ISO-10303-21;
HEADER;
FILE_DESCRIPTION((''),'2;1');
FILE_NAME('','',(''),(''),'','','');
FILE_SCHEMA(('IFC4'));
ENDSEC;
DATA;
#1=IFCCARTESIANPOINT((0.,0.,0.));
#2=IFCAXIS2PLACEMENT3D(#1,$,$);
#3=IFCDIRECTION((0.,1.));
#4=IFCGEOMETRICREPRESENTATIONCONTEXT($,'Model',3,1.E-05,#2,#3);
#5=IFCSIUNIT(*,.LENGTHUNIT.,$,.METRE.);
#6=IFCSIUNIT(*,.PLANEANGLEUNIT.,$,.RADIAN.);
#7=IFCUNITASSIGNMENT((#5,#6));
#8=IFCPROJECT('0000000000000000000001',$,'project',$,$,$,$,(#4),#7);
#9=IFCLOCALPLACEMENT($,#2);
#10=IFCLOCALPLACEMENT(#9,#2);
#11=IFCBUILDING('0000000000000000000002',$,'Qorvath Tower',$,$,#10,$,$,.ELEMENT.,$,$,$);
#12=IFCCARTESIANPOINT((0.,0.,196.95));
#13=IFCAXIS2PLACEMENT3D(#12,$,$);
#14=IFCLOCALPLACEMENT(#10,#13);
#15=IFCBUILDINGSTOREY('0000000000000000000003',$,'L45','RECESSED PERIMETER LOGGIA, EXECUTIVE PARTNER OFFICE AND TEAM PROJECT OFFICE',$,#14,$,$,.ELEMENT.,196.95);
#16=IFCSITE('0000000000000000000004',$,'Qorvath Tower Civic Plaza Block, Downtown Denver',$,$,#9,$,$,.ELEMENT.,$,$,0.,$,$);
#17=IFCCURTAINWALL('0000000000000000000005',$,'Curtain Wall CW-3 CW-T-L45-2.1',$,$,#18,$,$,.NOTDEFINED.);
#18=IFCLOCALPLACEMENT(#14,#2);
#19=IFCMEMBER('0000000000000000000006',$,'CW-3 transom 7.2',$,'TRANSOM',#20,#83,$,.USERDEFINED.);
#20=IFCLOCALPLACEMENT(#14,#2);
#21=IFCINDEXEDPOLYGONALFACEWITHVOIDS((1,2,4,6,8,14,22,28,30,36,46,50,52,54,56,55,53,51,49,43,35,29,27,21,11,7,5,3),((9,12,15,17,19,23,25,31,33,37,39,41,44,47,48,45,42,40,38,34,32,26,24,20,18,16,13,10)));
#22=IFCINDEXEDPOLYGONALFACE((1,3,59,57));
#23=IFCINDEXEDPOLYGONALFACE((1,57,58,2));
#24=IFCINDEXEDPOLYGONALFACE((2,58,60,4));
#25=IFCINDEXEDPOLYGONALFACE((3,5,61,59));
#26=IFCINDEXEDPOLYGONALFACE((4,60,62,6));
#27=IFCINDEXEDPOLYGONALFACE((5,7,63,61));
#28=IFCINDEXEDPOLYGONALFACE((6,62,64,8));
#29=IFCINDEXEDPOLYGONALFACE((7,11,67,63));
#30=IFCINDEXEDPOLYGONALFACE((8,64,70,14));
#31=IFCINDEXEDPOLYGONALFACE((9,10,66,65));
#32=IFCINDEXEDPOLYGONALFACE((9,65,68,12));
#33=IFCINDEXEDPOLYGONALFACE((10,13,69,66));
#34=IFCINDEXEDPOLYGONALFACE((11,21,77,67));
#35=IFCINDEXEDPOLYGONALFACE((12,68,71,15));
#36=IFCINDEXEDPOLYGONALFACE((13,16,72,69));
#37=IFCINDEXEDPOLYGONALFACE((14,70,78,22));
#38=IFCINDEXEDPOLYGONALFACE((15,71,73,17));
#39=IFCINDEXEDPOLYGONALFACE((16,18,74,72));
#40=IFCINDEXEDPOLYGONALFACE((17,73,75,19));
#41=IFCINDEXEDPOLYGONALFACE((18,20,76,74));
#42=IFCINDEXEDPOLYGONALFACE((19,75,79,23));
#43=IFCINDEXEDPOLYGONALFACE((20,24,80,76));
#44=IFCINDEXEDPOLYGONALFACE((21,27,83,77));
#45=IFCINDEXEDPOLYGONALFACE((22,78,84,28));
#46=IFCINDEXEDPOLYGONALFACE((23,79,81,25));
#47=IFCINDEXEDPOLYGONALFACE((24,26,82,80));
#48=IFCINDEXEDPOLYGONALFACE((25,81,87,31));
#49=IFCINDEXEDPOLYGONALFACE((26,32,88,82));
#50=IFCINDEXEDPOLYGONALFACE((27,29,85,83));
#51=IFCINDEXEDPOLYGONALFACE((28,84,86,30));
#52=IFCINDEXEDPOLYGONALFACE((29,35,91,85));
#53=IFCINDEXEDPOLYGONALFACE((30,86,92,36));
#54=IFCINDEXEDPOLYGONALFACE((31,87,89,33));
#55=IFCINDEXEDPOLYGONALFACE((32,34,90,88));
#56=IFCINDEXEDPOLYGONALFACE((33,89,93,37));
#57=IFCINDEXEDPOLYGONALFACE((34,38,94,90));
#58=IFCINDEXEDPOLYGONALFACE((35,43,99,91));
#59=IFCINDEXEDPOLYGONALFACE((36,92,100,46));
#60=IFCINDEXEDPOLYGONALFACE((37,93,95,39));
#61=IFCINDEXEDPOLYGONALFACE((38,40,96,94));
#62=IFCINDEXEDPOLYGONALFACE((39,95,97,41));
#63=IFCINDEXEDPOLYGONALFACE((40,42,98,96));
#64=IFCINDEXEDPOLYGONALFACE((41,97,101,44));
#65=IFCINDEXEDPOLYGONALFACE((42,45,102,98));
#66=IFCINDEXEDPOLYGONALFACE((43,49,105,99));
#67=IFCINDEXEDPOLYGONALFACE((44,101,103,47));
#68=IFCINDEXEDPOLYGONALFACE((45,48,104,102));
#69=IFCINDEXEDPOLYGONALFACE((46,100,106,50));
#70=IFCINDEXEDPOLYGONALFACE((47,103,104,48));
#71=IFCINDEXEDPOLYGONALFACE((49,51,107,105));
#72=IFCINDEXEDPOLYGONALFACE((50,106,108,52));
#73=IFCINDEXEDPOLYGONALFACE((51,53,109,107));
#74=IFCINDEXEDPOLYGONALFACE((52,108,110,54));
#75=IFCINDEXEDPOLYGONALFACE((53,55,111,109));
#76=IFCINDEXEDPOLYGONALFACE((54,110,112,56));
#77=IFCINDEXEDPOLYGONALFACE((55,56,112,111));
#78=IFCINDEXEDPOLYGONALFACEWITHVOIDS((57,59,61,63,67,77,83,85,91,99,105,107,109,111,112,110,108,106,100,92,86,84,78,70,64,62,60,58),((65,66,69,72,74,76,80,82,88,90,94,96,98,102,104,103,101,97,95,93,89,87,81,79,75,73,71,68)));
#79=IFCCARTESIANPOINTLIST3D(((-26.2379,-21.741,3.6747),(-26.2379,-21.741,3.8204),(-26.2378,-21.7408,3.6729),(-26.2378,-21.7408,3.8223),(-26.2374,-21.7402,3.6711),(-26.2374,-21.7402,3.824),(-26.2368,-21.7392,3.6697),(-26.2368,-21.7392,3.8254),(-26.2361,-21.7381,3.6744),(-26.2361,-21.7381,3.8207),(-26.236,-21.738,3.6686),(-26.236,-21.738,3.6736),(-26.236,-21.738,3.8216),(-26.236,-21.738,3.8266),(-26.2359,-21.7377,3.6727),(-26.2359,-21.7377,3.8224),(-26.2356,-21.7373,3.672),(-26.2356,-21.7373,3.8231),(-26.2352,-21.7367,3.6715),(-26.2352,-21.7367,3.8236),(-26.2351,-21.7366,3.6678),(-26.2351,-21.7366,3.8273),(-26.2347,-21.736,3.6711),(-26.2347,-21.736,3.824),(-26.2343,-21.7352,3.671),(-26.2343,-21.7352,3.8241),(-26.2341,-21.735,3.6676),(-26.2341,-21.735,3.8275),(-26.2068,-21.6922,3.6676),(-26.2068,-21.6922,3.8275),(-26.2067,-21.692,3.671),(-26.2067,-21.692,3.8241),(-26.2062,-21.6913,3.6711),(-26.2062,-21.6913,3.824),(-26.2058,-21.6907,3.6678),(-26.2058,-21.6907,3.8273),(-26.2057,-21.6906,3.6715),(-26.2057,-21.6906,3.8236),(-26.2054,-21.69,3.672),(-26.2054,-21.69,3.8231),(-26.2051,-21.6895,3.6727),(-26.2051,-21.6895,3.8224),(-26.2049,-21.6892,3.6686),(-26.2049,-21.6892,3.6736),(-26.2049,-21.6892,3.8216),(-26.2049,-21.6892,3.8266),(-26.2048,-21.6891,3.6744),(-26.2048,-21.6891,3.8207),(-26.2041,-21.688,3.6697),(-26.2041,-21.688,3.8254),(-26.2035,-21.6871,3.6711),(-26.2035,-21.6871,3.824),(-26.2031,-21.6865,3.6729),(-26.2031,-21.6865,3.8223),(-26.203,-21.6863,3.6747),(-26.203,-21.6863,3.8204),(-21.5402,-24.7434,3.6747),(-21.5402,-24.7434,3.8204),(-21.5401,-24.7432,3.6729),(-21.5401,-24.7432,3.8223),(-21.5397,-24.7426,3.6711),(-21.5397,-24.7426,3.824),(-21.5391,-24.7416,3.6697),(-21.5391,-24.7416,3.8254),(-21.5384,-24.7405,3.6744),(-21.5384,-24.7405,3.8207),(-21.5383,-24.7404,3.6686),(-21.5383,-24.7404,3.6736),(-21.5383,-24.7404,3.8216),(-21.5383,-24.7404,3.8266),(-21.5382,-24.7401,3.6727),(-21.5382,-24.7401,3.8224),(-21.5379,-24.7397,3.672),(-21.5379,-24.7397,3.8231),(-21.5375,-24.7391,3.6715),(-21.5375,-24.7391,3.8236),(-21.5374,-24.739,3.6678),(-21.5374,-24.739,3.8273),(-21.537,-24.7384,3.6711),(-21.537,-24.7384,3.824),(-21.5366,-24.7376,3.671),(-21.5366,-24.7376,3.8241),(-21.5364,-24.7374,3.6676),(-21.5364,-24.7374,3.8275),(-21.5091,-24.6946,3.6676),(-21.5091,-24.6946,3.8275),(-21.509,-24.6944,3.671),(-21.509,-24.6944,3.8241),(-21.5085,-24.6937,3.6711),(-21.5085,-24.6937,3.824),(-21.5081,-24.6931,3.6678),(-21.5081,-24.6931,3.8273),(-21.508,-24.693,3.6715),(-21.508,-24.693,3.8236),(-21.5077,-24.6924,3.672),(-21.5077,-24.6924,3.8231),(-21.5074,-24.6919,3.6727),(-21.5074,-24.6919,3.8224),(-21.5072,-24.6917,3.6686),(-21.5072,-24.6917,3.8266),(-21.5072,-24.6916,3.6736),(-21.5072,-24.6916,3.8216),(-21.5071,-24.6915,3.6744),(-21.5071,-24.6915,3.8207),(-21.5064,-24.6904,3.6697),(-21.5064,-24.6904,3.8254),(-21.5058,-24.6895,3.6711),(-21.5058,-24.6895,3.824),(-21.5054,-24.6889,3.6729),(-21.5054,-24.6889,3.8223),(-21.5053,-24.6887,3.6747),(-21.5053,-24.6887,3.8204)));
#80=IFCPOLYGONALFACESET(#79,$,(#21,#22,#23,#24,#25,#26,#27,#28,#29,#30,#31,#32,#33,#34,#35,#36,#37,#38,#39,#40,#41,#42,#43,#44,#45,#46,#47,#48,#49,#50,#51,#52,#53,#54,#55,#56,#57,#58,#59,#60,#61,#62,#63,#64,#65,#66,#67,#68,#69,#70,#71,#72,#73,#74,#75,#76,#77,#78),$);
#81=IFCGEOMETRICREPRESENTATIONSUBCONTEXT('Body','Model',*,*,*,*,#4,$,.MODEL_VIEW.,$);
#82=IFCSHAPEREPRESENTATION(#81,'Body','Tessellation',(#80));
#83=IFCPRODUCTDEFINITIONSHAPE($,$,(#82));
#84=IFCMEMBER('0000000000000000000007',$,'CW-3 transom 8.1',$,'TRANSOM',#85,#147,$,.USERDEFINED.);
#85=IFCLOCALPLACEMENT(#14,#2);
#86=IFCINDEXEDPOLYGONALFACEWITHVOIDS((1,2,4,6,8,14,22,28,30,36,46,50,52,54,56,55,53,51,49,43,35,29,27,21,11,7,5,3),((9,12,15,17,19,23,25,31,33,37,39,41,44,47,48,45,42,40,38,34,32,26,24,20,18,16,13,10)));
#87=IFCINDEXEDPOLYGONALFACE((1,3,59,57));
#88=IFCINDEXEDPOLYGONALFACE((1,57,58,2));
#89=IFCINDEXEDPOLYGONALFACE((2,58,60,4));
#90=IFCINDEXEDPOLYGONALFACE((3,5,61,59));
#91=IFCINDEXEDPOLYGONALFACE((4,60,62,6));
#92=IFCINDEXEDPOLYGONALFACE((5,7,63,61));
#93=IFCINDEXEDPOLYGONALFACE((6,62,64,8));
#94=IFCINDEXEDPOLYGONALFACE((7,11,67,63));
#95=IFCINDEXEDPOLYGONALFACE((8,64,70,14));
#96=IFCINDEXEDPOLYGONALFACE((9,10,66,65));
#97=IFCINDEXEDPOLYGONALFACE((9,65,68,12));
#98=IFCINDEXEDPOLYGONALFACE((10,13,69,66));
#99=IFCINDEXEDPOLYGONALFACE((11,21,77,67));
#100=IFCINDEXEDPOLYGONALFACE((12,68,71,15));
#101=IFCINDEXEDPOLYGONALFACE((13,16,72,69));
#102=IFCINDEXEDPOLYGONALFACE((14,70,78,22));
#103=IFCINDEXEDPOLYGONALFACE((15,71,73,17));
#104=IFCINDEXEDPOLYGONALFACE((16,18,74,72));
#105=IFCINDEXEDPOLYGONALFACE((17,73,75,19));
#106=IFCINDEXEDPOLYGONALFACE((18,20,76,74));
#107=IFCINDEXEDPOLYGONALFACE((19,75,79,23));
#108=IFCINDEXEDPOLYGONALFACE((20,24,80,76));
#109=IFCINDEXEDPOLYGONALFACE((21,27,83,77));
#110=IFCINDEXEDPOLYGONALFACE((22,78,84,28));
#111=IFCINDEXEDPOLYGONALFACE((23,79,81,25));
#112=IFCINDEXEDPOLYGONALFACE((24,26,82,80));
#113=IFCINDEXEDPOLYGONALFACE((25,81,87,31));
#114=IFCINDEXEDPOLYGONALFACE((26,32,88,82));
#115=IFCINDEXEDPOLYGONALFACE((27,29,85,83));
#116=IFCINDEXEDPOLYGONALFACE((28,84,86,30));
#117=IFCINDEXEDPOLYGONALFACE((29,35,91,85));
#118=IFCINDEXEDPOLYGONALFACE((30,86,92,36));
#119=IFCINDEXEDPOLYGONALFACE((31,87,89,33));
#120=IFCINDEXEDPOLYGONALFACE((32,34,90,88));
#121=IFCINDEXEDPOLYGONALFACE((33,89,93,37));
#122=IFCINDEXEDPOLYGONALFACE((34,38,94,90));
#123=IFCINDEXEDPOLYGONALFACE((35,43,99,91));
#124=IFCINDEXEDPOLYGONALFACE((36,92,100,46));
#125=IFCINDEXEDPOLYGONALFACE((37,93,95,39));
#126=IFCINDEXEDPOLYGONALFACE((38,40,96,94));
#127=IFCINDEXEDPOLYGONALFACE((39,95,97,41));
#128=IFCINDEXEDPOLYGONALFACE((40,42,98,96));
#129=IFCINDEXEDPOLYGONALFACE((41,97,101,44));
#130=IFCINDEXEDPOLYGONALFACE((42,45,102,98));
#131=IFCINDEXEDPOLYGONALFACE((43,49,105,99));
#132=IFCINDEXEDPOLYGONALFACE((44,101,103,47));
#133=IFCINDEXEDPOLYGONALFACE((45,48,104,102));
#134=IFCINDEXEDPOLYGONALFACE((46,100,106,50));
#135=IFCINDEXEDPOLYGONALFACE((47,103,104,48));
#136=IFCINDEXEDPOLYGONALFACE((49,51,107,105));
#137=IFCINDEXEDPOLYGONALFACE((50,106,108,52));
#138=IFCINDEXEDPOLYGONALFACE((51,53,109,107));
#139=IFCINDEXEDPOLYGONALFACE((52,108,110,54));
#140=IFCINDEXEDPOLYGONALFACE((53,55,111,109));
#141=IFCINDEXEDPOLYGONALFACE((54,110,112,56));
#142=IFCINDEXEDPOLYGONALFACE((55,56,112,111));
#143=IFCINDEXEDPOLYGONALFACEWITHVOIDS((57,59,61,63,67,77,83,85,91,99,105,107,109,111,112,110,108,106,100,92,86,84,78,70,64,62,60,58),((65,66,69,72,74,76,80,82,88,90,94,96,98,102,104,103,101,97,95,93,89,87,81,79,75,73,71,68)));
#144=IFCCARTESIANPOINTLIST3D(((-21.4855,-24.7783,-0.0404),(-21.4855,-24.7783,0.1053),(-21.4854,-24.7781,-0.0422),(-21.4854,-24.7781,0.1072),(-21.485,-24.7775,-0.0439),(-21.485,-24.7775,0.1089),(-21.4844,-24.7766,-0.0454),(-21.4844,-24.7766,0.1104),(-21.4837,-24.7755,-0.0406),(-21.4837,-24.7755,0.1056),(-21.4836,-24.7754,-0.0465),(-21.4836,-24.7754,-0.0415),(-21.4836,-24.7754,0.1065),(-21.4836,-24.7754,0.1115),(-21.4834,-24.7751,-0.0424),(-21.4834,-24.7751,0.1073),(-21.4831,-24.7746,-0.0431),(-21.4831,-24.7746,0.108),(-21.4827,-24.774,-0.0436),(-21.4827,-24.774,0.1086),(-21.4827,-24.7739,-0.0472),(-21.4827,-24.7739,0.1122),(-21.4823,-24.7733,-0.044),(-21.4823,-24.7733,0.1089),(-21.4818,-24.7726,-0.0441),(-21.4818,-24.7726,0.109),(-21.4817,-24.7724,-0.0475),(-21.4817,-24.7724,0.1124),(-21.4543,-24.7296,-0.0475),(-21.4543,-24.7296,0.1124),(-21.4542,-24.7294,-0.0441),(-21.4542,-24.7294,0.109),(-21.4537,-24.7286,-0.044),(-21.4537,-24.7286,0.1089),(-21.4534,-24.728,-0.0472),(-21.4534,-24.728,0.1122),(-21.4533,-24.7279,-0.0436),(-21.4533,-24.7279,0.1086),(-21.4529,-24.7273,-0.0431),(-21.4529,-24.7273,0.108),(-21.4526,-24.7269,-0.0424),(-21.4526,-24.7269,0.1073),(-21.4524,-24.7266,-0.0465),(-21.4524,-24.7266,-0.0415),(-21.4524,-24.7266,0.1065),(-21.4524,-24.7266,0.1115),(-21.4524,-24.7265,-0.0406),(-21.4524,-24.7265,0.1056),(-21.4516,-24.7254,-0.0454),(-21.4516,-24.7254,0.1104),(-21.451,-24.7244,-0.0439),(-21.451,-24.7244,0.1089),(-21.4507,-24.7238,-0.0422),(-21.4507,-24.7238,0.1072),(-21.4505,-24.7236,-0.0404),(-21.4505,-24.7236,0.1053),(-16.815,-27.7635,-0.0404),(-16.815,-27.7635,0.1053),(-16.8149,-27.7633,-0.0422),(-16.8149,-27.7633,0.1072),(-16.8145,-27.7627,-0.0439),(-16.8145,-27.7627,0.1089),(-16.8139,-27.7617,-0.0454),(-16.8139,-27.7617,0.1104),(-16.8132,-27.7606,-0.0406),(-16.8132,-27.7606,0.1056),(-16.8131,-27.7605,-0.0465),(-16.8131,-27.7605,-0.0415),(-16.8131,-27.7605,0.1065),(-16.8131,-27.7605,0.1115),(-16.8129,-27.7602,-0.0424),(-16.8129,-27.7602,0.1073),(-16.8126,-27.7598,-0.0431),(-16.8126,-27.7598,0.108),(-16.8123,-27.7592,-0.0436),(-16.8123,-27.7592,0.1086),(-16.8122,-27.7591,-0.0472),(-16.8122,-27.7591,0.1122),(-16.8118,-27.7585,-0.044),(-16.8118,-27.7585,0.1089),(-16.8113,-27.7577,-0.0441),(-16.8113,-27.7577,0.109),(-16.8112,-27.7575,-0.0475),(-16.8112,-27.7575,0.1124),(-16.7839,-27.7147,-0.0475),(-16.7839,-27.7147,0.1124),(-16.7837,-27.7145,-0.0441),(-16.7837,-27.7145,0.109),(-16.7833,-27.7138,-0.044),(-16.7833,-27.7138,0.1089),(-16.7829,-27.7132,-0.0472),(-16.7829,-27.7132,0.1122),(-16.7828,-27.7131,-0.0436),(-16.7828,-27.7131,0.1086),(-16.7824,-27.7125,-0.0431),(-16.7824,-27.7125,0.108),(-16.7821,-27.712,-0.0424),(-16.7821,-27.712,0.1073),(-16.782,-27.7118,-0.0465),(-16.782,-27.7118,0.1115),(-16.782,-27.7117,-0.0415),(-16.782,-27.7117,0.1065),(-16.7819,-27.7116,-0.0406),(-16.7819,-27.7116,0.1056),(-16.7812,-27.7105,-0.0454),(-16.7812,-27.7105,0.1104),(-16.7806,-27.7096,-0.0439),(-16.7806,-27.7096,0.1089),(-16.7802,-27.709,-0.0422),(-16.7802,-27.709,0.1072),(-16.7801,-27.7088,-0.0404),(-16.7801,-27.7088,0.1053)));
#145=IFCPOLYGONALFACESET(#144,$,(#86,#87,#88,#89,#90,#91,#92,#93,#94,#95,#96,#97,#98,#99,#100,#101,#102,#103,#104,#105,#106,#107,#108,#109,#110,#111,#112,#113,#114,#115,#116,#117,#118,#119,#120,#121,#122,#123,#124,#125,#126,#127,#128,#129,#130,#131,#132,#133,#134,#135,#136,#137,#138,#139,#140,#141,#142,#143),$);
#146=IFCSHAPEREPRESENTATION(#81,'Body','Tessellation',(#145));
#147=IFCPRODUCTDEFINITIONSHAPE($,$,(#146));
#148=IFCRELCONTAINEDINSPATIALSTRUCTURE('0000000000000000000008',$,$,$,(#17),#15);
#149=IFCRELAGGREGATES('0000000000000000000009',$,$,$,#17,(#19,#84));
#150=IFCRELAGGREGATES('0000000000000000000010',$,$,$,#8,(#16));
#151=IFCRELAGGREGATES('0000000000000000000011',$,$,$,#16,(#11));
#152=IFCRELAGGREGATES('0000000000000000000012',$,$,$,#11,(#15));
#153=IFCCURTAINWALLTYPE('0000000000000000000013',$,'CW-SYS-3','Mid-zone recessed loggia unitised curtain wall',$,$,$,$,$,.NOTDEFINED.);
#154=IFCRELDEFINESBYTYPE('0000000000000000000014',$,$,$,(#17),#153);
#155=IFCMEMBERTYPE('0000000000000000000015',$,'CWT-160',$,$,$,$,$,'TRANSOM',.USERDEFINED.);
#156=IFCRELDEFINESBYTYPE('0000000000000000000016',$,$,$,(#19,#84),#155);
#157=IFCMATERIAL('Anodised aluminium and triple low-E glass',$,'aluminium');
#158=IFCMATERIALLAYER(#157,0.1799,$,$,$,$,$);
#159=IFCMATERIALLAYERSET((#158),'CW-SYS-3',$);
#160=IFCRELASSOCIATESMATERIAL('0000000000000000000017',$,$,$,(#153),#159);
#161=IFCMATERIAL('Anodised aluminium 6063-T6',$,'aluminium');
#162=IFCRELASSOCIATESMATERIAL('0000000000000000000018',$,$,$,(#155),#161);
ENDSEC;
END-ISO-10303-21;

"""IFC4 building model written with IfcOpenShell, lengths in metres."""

from ifc_helpers import new_model, si_unit, direction, frame, origin, origin_2d, place, context, subcontext, project, spatial, hollow_rectangle, extrude, material, layer, layer_set, material_profile, profile_set, type_object, element, aggregate, save


model = new_model("IFC4")

# Units and contexts
model_context = context("Model", 3, precision=1e-05, world=origin(), true_north=direction((0.0, 1.0)))
body_context = subcontext(model_context, "Body", "Model", "MODEL_VIEW")
ifc_project = project(units=[si_unit("LENGTHUNIT", "METRE"), si_unit("PLANEANGLEUNIT", "RADIAN")], contexts=[model_context])

# Site, building, storey
site_placement = place(None, origin())
site = spatial("IfcSite", under=ifc_project, at=site_placement, Name="Qorvath Tower Civic Plaza Block, Downtown Denver", CompositionType="ELEMENT", RefElevation=0.0)
building_placement = place(site_placement, origin())
building = spatial("IfcBuilding", under=site, at=building_placement, Name="Qorvath Tower", CompositionType="ELEMENT")
storey_placement = place(building_placement, frame((0.0, 0.0, 196.95)))
storey = spatial("IfcBuildingStorey", under=building, at=storey_placement, Name="L45", Description="RECESSED PERIMETER LOGGIA, EXECUTIVE PARTNER OFFICE AND TEAM PROJECT OFFICE", CompositionType="ELEMENT", Elevation=196.95)

# Curtain wall, members
ifc_material_1 = material(Name="Anodised aluminium and triple low-E glass", Category="aluminium")
ifc_layer_1 = layer(ifc_material_1, 0.1799)
ifc_layer_set_1 = layer_set([ifc_layer_1], Name="CW-SYS-3")
curtain_wall_type = type_object("IfcCurtainWallType", Name="CW-SYS-3", Description="Mid-zone recessed loggia unitised curtain wall", PredefinedType="NOTDEFINED", material=ifc_layer_set_1)
curtain_wall_placement = place(storey_placement, origin())
curtain_wall = element("IfcCurtainWall", 1, at=curtain_wall_placement, inside=storey, type_object=curtain_wall_type, Name="Curtain Wall CW-3 CW-T-L45-2.1", PredefinedType="NOTDEFINED")
ifc_material_2 = material(Name="Anodised aluminium 6063-T6", Category="aluminium")
ifc_material_profile_1 = material_profile(ifc_material_2, hollow_rectangle(XDim=0.0649, YDim=0.1599, WallThickness=0.0034, InnerFilletRadius=0.0034, OuterFilletRadius=0.0071, at=origin_2d()), Name="CWT 160x65")
ifc_profile_set_1 = profile_set([ifc_material_profile_1], Name="Anodised aluminium 6063-T6")
member_type_1 = type_object("IfcMemberType", Name="CWT-160", ElementType="TRANSOM", PredefinedType="USERDEFINED", material=ifc_profile_set_1)
member_1_placement = place(storey_placement, frame((-26.2205, -21.7136, 3.7476), z_axis=(0.842607, -0.538529, 0.0), x_axis=(0.538529, 0.842607, 0.0)))
member_1 = element("IfcMember", 2, at=member_1_placement, type_object=member_type_1, Name="CW-3 transom 7.2", ObjectType="TRANSOM", PredefinedType="USERDEFINED", context=body_context, shape_type="SweptSolid", body=[
    extrude(hollow_rectangle(XDim=0.0649, YDim=0.1599, WallThickness=0.0034, InnerFilletRadius=0.0034, OuterFilletRadius=0.0071, at=origin_2d()), origin(), (0.0, 0.0, 1.0), 5.5752),
])
member_2_placement = place(storey_placement, frame((-21.468, -24.751, 0.0325), z_axis=(0.842595, -0.538547, 0.0), x_axis=(0.538547, 0.842595, 0.0)))
member_2 = element("IfcMember", 3, at=member_2_placement, type_object=member_type_1, Name="CW-3 transom 8.1", ObjectType="TRANSOM", PredefinedType="USERDEFINED", context=body_context, shape_type="SweptSolid", body=[
    extrude(hollow_rectangle(XDim=0.0649, YDim=0.1599, WallThickness=0.0034, InnerFilletRadius=0.0034, OuterFilletRadius=0.0071, at=origin_2d()), origin(), (0.0, 0.0, 1.0), 5.543),
])
aggregate(curtain_wall, [member_1, member_2])

save(model, "model.ifc")
